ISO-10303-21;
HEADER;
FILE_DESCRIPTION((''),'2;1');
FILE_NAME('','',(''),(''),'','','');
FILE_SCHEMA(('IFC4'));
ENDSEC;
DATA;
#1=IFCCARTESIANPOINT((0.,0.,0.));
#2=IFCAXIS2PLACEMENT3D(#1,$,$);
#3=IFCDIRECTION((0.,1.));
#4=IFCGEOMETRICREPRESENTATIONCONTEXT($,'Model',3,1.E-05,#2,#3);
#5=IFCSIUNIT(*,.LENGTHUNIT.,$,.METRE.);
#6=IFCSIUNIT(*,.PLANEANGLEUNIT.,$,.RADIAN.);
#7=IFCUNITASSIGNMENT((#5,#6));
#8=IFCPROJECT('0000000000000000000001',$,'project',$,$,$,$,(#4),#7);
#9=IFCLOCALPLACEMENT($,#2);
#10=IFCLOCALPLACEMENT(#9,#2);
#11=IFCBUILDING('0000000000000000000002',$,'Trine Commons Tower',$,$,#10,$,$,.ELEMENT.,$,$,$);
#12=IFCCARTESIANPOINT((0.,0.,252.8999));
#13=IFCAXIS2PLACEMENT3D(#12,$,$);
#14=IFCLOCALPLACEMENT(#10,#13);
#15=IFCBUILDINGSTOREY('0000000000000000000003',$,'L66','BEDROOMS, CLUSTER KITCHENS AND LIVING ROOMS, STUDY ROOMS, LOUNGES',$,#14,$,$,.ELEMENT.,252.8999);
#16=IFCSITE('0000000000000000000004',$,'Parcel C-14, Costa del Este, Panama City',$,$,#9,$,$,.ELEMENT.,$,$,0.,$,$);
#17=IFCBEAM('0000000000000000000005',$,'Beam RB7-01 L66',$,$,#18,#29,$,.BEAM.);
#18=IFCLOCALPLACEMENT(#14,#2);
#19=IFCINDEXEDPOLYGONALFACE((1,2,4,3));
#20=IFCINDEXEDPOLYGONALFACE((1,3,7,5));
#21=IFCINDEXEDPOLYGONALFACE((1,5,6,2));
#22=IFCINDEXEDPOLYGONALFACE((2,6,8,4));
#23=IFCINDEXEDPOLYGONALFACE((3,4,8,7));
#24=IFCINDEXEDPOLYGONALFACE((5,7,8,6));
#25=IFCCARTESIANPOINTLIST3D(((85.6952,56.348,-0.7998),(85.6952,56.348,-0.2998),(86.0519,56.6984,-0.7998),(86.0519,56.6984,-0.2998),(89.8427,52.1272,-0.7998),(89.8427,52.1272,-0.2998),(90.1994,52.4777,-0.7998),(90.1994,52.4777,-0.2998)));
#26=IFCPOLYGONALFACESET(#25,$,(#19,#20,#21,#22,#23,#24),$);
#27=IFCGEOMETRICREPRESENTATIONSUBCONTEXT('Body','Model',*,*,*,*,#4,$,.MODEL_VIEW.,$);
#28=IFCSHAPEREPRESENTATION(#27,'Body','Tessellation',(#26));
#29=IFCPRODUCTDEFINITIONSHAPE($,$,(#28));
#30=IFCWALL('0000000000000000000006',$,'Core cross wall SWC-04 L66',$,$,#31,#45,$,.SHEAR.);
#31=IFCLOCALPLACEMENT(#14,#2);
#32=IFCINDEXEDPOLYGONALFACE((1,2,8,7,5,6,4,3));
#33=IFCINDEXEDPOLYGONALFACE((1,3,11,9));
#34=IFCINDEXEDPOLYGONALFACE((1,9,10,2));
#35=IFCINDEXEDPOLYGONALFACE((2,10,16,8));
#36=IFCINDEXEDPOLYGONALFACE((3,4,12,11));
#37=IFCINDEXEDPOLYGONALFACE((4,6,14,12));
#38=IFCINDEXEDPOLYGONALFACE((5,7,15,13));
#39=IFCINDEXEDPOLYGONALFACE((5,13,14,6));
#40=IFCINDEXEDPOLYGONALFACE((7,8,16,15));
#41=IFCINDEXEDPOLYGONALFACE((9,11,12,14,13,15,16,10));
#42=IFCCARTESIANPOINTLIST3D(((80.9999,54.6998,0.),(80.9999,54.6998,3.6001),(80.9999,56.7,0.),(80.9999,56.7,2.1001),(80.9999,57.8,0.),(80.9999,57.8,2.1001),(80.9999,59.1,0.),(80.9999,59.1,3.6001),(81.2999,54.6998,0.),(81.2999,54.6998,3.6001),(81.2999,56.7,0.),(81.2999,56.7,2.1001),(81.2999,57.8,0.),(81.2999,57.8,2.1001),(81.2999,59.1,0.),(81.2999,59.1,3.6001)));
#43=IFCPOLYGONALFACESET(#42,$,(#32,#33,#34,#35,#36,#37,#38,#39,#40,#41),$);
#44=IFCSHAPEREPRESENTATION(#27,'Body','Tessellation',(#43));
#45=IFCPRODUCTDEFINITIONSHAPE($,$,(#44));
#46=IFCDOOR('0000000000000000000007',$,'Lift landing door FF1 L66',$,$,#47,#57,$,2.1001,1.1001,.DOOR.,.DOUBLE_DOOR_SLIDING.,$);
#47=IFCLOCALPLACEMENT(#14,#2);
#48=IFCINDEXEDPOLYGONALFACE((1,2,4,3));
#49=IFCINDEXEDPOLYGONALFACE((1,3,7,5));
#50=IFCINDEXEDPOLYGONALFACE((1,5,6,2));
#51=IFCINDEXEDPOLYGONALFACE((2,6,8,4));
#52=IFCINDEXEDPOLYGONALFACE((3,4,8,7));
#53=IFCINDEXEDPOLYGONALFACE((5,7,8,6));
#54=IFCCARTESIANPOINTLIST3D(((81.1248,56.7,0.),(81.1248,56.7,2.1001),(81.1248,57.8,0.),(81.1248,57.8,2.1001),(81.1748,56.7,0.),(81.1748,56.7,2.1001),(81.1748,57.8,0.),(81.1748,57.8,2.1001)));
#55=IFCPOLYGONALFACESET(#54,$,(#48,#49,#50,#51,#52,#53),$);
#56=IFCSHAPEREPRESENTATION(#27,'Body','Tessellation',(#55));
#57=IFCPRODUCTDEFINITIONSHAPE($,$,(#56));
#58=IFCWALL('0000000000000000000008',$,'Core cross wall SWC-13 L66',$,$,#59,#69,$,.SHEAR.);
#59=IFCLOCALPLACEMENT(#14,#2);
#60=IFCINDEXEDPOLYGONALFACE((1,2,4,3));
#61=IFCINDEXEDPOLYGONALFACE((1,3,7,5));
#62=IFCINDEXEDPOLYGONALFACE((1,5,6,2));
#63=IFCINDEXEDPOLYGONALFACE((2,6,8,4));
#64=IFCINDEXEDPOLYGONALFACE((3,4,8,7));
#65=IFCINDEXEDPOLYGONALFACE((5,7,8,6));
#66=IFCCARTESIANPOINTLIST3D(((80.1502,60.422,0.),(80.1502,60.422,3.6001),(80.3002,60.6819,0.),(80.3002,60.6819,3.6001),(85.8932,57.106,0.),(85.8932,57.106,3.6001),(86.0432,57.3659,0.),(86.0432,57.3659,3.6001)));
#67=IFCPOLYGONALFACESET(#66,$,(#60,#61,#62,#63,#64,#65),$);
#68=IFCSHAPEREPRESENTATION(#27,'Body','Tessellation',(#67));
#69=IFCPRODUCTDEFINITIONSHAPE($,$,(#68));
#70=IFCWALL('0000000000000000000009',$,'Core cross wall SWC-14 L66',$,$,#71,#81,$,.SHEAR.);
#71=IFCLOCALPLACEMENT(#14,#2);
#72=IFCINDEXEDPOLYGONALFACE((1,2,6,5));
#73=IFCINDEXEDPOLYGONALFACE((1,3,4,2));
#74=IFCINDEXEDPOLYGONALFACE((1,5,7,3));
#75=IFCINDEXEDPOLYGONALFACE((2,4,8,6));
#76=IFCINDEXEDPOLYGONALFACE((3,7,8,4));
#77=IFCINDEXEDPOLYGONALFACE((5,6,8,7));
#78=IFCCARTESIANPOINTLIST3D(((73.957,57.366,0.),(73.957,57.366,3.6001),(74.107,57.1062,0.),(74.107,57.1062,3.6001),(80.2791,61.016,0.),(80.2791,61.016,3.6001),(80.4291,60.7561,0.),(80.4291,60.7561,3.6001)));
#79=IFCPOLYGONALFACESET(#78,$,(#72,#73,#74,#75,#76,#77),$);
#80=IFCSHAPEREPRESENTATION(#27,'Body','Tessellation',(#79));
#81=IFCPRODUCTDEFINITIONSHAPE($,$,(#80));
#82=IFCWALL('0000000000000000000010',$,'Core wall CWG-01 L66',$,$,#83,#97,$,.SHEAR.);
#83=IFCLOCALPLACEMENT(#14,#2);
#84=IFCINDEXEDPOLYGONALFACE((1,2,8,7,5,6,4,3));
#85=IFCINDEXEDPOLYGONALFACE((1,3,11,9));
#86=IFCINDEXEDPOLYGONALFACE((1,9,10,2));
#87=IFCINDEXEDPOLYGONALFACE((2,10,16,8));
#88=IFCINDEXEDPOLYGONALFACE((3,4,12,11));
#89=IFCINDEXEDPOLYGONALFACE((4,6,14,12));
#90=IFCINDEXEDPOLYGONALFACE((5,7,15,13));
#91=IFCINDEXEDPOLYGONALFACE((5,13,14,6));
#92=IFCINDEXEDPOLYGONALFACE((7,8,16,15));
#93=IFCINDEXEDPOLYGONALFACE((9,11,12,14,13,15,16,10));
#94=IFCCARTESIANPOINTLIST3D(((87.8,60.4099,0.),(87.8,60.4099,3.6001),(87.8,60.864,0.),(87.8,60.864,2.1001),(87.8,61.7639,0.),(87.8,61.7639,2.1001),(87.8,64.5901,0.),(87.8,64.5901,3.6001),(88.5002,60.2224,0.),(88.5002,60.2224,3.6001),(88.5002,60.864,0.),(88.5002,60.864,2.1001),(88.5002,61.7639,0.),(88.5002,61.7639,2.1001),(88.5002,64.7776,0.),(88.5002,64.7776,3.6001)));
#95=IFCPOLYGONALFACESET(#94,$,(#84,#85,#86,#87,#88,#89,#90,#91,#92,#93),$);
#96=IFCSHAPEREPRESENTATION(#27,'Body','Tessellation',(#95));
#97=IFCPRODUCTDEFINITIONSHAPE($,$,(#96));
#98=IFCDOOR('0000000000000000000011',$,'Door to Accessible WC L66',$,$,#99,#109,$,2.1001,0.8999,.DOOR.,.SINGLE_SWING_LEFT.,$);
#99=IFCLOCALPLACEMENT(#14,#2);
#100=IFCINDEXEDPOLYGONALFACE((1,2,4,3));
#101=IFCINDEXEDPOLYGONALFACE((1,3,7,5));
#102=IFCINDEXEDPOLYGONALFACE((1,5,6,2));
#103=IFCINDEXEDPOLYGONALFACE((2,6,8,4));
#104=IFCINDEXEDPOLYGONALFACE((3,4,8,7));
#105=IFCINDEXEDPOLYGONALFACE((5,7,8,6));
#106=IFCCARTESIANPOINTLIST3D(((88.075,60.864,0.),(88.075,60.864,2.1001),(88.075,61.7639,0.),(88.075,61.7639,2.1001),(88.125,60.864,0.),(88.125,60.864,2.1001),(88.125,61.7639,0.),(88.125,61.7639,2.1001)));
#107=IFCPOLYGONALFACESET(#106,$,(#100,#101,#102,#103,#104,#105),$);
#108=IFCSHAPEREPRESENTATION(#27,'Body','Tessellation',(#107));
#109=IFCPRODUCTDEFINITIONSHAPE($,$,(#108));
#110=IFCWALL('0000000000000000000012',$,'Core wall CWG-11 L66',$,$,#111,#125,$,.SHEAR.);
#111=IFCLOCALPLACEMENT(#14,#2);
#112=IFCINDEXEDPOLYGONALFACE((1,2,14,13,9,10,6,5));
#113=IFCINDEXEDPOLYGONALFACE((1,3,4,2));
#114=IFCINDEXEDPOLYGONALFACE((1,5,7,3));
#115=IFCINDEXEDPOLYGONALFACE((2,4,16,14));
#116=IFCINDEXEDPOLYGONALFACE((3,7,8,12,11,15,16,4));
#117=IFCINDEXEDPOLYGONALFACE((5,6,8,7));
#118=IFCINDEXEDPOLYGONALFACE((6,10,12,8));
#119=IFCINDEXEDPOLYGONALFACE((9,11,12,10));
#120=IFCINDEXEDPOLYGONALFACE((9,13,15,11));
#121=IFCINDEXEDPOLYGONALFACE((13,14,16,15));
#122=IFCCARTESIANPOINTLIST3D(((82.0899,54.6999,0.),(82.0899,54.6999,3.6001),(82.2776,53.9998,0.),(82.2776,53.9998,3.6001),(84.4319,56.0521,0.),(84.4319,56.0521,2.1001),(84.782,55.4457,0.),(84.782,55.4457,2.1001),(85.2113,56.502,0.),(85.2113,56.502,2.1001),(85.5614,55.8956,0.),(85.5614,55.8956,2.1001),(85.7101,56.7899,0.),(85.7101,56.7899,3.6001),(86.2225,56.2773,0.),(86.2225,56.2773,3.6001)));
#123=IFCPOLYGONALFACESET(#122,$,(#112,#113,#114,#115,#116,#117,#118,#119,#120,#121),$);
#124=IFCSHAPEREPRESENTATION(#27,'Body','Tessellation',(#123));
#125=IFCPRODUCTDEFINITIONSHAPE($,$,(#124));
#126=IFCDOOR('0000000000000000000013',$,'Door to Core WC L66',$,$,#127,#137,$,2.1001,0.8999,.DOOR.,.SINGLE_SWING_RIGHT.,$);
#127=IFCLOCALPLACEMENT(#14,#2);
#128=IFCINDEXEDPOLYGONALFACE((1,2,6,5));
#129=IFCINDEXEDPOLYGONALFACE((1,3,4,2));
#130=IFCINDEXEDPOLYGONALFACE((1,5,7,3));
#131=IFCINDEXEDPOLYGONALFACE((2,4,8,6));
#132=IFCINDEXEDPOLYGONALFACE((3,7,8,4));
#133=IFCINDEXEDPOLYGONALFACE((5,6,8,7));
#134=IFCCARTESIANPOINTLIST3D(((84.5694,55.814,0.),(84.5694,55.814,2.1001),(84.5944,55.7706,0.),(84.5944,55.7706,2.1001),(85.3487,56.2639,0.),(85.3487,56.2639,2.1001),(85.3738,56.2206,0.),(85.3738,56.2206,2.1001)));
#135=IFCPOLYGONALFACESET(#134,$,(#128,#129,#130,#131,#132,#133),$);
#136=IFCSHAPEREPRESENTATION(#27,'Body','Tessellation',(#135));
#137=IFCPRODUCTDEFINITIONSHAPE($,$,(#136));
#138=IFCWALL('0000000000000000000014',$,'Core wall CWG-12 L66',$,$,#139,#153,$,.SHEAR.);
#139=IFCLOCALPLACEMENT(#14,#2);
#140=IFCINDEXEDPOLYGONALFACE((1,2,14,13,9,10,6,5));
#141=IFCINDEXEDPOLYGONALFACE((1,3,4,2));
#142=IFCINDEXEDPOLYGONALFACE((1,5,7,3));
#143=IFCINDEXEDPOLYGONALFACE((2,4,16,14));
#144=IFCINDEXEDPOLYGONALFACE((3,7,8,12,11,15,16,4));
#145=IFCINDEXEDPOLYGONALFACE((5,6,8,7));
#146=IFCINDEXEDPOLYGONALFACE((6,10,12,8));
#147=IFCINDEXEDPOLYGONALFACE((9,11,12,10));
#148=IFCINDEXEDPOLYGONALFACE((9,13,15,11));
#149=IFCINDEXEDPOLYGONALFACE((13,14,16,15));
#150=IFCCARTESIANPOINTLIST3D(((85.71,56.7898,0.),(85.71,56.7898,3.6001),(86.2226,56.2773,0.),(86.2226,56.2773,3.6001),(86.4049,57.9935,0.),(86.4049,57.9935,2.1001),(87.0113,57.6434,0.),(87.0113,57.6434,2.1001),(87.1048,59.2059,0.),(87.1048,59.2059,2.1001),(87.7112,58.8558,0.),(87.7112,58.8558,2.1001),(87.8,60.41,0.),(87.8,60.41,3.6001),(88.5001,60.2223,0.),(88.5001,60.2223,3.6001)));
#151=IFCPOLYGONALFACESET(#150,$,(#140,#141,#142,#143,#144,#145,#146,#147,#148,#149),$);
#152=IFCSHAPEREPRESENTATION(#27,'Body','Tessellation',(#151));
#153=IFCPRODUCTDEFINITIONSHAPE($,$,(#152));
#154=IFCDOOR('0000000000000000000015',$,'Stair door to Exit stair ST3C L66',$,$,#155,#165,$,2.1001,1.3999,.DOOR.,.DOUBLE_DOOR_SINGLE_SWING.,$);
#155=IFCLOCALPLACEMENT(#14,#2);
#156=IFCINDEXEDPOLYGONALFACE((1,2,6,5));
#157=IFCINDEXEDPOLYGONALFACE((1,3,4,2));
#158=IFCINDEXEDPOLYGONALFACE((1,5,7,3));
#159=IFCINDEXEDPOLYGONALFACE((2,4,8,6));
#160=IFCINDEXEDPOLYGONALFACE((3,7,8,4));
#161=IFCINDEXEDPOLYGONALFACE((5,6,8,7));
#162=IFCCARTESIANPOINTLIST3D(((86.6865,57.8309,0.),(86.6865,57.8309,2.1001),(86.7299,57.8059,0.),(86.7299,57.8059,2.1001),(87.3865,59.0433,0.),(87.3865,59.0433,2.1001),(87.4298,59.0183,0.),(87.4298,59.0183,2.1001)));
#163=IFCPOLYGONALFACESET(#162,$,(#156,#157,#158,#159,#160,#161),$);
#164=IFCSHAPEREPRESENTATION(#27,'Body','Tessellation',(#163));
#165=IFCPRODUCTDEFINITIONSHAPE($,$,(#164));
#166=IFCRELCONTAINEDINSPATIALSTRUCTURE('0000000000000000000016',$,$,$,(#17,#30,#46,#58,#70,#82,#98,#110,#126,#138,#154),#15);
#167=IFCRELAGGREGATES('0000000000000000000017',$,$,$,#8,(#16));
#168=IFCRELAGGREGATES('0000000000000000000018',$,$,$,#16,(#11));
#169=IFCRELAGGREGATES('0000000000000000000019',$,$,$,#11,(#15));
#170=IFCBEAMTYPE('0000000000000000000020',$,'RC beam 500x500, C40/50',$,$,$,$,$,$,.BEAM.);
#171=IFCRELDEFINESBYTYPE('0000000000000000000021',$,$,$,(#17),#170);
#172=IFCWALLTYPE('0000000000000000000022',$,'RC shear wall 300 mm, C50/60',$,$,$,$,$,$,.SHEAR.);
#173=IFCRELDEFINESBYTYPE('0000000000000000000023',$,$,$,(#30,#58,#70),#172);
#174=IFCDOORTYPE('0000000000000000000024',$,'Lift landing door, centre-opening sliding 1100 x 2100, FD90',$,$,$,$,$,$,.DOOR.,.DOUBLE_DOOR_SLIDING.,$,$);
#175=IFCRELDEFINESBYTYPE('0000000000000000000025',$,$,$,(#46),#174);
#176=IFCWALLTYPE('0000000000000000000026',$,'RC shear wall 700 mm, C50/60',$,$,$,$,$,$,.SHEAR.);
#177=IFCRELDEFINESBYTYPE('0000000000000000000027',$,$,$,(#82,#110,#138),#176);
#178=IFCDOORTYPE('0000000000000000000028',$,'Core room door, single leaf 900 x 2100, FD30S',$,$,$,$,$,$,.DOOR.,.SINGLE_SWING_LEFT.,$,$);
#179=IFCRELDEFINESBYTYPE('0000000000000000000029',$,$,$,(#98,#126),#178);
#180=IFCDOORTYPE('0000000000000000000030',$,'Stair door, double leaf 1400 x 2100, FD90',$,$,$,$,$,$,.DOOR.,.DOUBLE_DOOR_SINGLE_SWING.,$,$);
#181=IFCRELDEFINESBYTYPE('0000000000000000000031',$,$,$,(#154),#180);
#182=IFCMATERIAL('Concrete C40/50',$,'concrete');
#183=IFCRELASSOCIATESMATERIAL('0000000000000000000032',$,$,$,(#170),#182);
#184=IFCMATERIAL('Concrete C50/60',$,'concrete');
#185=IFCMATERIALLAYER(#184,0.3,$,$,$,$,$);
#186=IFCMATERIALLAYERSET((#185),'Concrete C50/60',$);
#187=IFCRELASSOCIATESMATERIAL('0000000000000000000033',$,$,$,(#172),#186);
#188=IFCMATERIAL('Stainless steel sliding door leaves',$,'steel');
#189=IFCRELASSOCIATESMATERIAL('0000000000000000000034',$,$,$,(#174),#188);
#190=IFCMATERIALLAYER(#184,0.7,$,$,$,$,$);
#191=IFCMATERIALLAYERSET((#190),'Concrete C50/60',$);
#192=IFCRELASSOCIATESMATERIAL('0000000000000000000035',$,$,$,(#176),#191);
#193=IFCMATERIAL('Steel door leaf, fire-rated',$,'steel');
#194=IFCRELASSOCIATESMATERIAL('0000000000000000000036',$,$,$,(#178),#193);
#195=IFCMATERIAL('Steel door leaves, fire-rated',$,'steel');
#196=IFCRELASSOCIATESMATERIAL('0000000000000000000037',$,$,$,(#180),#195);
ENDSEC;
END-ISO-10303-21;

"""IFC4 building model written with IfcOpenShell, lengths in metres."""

from ifc_helpers import new_model, si_unit, direction, frame, frame_2d, origin, origin_2d, place, context, subcontext, project, spatial, polyline, rectangle, outline, extrude, material, layer, layer_set, material_profile, profile_set, type_object, element, fill, save


model = new_model("IFC4")

# Units and contexts
model_context = context("Model", 3, precision=1e-05, world=origin(), true_north=direction((0.0, 1.0)))
body_context = subcontext(model_context, "Body", "Model", "MODEL_VIEW")
ifc_project = project(units=[si_unit("LENGTHUNIT", "METRE"), si_unit("PLANEANGLEUNIT", "RADIAN")], contexts=[model_context])

# Site, building, storey
site_placement = place(None, origin())
site = spatial("IfcSite", under=ifc_project, at=site_placement, Name="Parcel C-14, Costa del Este, Panama City", CompositionType="ELEMENT", RefElevation=0.0)
building_placement = place(site_placement, origin())
building = spatial("IfcBuilding", under=site, at=building_placement, Name="Trine Commons Tower", CompositionType="ELEMENT")
storey_placement = place(building_placement, frame((0.0, 0.0, 252.8999)))
storey = spatial("IfcBuildingStorey", under=building, at=storey_placement, Name="L66", Description="BEDROOMS, CLUSTER KITCHENS AND LIVING ROOMS, STUDY ROOMS, LOUNGES", CompositionType="ELEMENT", Elevation=252.8999)

# Beam
ifc_material_1 = material(Name="Concrete C40/50", Category="concrete")
ifc_material_profile = material_profile(ifc_material_1, rectangle(XDim=0.5, YDim=0.5, at=origin_2d()), Name="RC 500x500")
ifc_profile_set = profile_set([ifc_material_profile], Name="Concrete C40/50")
beam_type = type_object("IfcBeamType", Name="RC beam 500x500, C40/50", PredefinedType="BEAM", material=ifc_profile_set)
beam_placement = place(storey_placement, frame((85.8735, 56.5232, -0.5498), z_axis=(0.700891, -0.713268, 0.0), x_axis=(0.713268, 0.700891, 0.0)))
element("IfcBeam", 1, at=beam_placement, inside=storey, type_object=beam_type, Name="Beam RB7-01 L66", PredefinedType="BEAM", context=body_context, shape_type="SweptSolid", body=[
    extrude(rectangle(XDim=0.5, YDim=0.5, at=origin_2d()), origin(), (0.0, 0.0, 1.0), 5.9175),
])

# Wall, opening, door
ifc_material_2 = material(Name="Concrete C50/60", Category="concrete")
ifc_layer_1 = layer(ifc_material_2, 0.3)
ifc_layer_set_1 = layer_set([ifc_layer_1], Name="Concrete C50/60")
wall_type_1 = type_object("IfcWallType", Name="RC shear wall 300 mm, C50/60", PredefinedType="SHEAR", material=ifc_layer_set_1)
wall_1_placement = place(storey_placement, frame((81.1499, 59.1001, 0.0), z_axis=(0.0, 0.0, 1.0), x_axis=(0.0, -1.0, 0.0)))
wall_1 = element("IfcWall", 2, at=wall_1_placement, inside=storey, type_object=wall_type_1, Name="Core cross wall SWC-04 L66", PredefinedType="SHEAR", context=body_context, shape_type="SweptSolid", body=[
    extrude(rectangle(XDim=4.4001, YDim=0.3, at=frame_2d((2.2002, 0.0))), origin(), (0.0, 0.0, 1.0), 3.6001),
])
opening_1_placement = place(wall_1_placement, frame((1.3, 0.0, 0.0)))
opening_1 = element("IfcOpeningElement", 3, at=opening_1_placement, cuts=wall_1, PredefinedType="OPENING", context=body_context, shape_type="SweptSolid", body=[
    extrude(rectangle(XDim=1.1001, YDim=2.1001, at=frame_2d((0.55, 1.05))), frame((0.0, 0.1599, 0.0), z_axis=(0.0, -1.0, 0.0), x_axis=(1.0, 0.0, 0.0)), (0.0, 0.0, 1.0), 0.3201),
])
ifc_material_3 = material(Name="Stainless steel sliding door leaves", Category="steel")
door_type_1 = type_object("IfcDoorType", Name="Lift landing door, centre-opening sliding 1100 x 2100, FD90", OperationType="DOUBLE_DOOR_SLIDING", PredefinedType="DOOR", material=ifc_material_3)
door_1_placement = place(opening_1_placement, origin())
door_1 = element("IfcDoor", 4, at=door_1_placement, inside=storey, type_object=door_type_1, Name="Lift landing door FF1 L66", OperationType="DOUBLE_DOOR_SLIDING", OverallHeight=2.1001, OverallWidth=1.1001, PredefinedType="DOOR", context=body_context, shape_type="SweptSolid", body=[
    extrude(rectangle(XDim=1.1001, YDim=2.1001, at=frame_2d((0.55, 1.05))), frame((0.0, 0.0249, 0.0), z_axis=(0.0, -1.0, 0.0), x_axis=(1.0, 0.0, 0.0)), (0.0, 0.0, 1.0), 0.05),
])
fill(opening_1, door_1)

# Walls
wall_2_placement = place(storey_placement, frame((80.2251, 60.552, 0.0), z_axis=(0.0, 0.0, 1.0), x_axis=(0.86601, -0.500027, 0.0)))
element("IfcWall", 5, at=wall_2_placement, inside=storey, type_object=wall_type_1, Name="Core cross wall SWC-13 L66", PredefinedType="SHEAR", context=body_context, shape_type="SweptSolid", body=[
    extrude(rectangle(XDim=6.6316, YDim=0.3, at=frame_2d((3.3159, 0.0))), origin(), (0.0, 0.0, 1.0), 3.6001),
])
wall_3_placement = place(storey_placement, frame((80.354, 60.886, 0.0), z_axis=(0.0, 0.0, 1.0), x_axis=(-0.866032, -0.499988, 0.0)))
element("IfcWall", 6, at=wall_3_placement, inside=storey, type_object=wall_type_1, Name="Core cross wall SWC-14 L66", PredefinedType="SHEAR", context=body_context, shape_type="SweptSolid", body=[
    extrude(rectangle(XDim=7.3, YDim=0.3, at=frame_2d((3.6499, 0.0))), origin(), (0.0, 0.0, 1.0), 3.6001),
])

# Walls, openings, doors
ifc_layer_2 = layer(ifc_material_2, 0.7)
ifc_layer_set_2 = layer_set([ifc_layer_2], Name="Concrete C50/60")
wall_type_2 = type_object("IfcWallType", Name="RC shear wall 700 mm, C50/60", PredefinedType="SHEAR", material=ifc_layer_set_2)
wall_4_placement = place(storey_placement, frame((88.1501, 60.2224, 0.0), z_axis=(0.0, 0.0, 1.0), x_axis=(0.0, 1.0, 0.0)))
wall_4 = element("IfcWall", 7, at=wall_4_placement, inside=storey, type_object=wall_type_2, Name="Core wall CWG-01 L66", PredefinedType="SHEAR", context=body_context, shape_type="SweptSolid", body=[
    extrude(outline(polyline([(0.0, -0.3501), (4.5552, -0.3501), (4.3677, 0.3501), (0.1875, 0.3501), (0.0, -0.3501)])), origin(), (0.0, 0.0, 1.0), 3.6001),
])
opening_2_placement = place(wall_4_placement, frame((0.6416, 0.0, 0.0)))
opening_2 = element("IfcOpeningElement", 8, at=opening_2_placement, cuts=wall_4, PredefinedType="OPENING", context=body_context, shape_type="SweptSolid", body=[
    extrude(rectangle(XDim=0.8999, YDim=2.1001, at=frame_2d((0.45, 1.05))), frame((0.0, 0.3599, 0.0), z_axis=(0.0, -1.0, 0.0), x_axis=(1.0, 0.0, 0.0)), (0.0, 0.0, 1.0), 0.72),
])
ifc_material_4 = material(Name="Steel door leaf, fire-rated", Category="steel")
door_type_2 = type_object("IfcDoorType", Name="Core room door, single leaf 900 x 2100, FD30S", OperationType="SINGLE_SWING_LEFT", PredefinedType="DOOR", material=ifc_material_4)
door_2_placement = place(opening_2_placement, origin())
door_2 = element("IfcDoor", 9, at=door_2_placement, inside=storey, type_object=door_type_2, Name="Door to Accessible WC L66", OperationType="SINGLE_SWING_LEFT", OverallHeight=2.1001, OverallWidth=0.8999, PredefinedType="DOOR", context=body_context, shape_type="SweptSolid", body=[
    extrude(rectangle(XDim=0.8999, YDim=2.1001, at=frame_2d((0.45, 1.05))), frame((0.0, 0.0752, 0.0), z_axis=(0.0, -1.0, 0.0), x_axis=(1.0, 0.0, 0.0)), (0.0, 0.0, 1.0), 0.05),
])
fill(opening_2, door_2)
wall_5_placement = place(storey_placement, frame((82.1025, 54.303, 0.0), z_axis=(0.0, 0.0, 1.0), x_axis=(0.866035, 0.499984, 0.0)))
wall_5 = element("IfcWall", 10, at=wall_5_placement, inside=storey, type_object=wall_type_2, Name="Core wall CWG-11 L66", PredefinedType="SHEAR", context=body_context, shape_type="SweptSolid", body=[
    extrude(outline(polyline([(0.0, -0.3501), (4.5552, -0.3501), (4.3677, 0.3501), (0.1875, 0.3501), (0.0, -0.3501)])), origin(), (0.0, 0.0, 1.0), 3.6001),
])
opening_3_placement = place(wall_5_placement, frame((2.8918, 0.0, 0.0)))
opening_3 = element("IfcOpeningElement", 11, at=opening_3_placement, cuts=wall_5, PredefinedType="OPENING", context=body_context, shape_type="SweptSolid", body=[
    extrude(rectangle(XDim=0.8999, YDim=2.1001, at=frame_2d((0.45, 1.05))), frame((0.0, 0.3599, 0.0), z_axis=(0.0, -1.0, 0.0), x_axis=(1.0, 0.0, 0.0)), (0.0, 0.0, 1.0), 0.72),
])
door_3_placement = place(opening_3_placement, origin())
door_3 = element("IfcDoor", 12, at=door_3_placement, inside=storey, type_object=door_type_2, Name="Door to Core WC L66", OperationType="SINGLE_SWING_RIGHT", OverallHeight=2.1001, OverallWidth=0.8999, PredefinedType="DOOR", context=body_context, shape_type="SweptSolid", body=[
    extrude(rectangle(XDim=0.8999, YDim=2.1001, at=frame_2d((0.45, 1.05))), frame((0.0, 0.0752, 0.0), z_axis=(0.0, -1.0, 0.0), x_axis=(1.0, 0.0, 0.0)), (0.0, 0.0, 1.0), 0.05),
])
fill(opening_3, door_3)
wall_6_placement = place(storey_placement, frame((85.9194, 56.4524, 0.0), z_axis=(0.0, 0.0, 1.0), x_axis=(0.499984, 0.866035, 0.0)))
wall_6 = element("IfcWall", 13, at=wall_6_placement, inside=storey, type_object=wall_type_2, Name="Core wall CWG-12 L66", PredefinedType="SHEAR", context=body_context, shape_type="SweptSolid", body=[
    extrude(outline(polyline([(0.0, -0.3501), (4.5552, -0.3501), (4.3677, 0.3501), (0.1875, 0.3501), (0.0, -0.3501)])), origin(), (0.0, 0.0, 1.0), 3.6001),
])
opening_4_placement = place(wall_6_placement, frame((1.5774, 0.0, 0.0)))
opening_4 = element("IfcOpeningElement", 14, at=opening_4_placement, cuts=wall_6, PredefinedType="OPENING", context=body_context, shape_type="SweptSolid", body=[
    extrude(rectangle(XDim=1.3999, YDim=2.1001, at=frame_2d((0.7, 1.05))), frame((0.0, 0.3599, 0.0), z_axis=(0.0, -1.0, 0.0), x_axis=(1.0, 0.0, 0.0)), (0.0, 0.0, 1.0), 0.72),
])
ifc_material_5 = material(Name="Steel door leaves, fire-rated", Category="steel")
door_type_3 = type_object("IfcDoorType", Name="Stair door, double leaf 1400 x 2100, FD90", OperationType="DOUBLE_DOOR_SINGLE_SWING", PredefinedType="DOOR", material=ifc_material_5)
door_4_placement = place(opening_4_placement, origin())
door_4 = element("IfcDoor", 15, at=door_4_placement, inside=storey, type_object=door_type_3, Name="Stair door to Exit stair ST3C L66", OperationType="DOUBLE_DOOR_SINGLE_SWING", OverallHeight=2.1001, OverallWidth=1.3999, PredefinedType="DOOR", context=body_context, shape_type="SweptSolid", body=[
    extrude(rectangle(XDim=1.3999, YDim=2.1001, at=frame_2d((0.7, 1.05))), frame((0.0, 0.0249, 0.0), z_axis=(0.0, -1.0, 0.0), x_axis=(1.0, 0.0, 0.0)), (0.0, 0.0, 1.0), 0.05),
])
fill(opening_4, door_4)

save(model, "model.ifc")
